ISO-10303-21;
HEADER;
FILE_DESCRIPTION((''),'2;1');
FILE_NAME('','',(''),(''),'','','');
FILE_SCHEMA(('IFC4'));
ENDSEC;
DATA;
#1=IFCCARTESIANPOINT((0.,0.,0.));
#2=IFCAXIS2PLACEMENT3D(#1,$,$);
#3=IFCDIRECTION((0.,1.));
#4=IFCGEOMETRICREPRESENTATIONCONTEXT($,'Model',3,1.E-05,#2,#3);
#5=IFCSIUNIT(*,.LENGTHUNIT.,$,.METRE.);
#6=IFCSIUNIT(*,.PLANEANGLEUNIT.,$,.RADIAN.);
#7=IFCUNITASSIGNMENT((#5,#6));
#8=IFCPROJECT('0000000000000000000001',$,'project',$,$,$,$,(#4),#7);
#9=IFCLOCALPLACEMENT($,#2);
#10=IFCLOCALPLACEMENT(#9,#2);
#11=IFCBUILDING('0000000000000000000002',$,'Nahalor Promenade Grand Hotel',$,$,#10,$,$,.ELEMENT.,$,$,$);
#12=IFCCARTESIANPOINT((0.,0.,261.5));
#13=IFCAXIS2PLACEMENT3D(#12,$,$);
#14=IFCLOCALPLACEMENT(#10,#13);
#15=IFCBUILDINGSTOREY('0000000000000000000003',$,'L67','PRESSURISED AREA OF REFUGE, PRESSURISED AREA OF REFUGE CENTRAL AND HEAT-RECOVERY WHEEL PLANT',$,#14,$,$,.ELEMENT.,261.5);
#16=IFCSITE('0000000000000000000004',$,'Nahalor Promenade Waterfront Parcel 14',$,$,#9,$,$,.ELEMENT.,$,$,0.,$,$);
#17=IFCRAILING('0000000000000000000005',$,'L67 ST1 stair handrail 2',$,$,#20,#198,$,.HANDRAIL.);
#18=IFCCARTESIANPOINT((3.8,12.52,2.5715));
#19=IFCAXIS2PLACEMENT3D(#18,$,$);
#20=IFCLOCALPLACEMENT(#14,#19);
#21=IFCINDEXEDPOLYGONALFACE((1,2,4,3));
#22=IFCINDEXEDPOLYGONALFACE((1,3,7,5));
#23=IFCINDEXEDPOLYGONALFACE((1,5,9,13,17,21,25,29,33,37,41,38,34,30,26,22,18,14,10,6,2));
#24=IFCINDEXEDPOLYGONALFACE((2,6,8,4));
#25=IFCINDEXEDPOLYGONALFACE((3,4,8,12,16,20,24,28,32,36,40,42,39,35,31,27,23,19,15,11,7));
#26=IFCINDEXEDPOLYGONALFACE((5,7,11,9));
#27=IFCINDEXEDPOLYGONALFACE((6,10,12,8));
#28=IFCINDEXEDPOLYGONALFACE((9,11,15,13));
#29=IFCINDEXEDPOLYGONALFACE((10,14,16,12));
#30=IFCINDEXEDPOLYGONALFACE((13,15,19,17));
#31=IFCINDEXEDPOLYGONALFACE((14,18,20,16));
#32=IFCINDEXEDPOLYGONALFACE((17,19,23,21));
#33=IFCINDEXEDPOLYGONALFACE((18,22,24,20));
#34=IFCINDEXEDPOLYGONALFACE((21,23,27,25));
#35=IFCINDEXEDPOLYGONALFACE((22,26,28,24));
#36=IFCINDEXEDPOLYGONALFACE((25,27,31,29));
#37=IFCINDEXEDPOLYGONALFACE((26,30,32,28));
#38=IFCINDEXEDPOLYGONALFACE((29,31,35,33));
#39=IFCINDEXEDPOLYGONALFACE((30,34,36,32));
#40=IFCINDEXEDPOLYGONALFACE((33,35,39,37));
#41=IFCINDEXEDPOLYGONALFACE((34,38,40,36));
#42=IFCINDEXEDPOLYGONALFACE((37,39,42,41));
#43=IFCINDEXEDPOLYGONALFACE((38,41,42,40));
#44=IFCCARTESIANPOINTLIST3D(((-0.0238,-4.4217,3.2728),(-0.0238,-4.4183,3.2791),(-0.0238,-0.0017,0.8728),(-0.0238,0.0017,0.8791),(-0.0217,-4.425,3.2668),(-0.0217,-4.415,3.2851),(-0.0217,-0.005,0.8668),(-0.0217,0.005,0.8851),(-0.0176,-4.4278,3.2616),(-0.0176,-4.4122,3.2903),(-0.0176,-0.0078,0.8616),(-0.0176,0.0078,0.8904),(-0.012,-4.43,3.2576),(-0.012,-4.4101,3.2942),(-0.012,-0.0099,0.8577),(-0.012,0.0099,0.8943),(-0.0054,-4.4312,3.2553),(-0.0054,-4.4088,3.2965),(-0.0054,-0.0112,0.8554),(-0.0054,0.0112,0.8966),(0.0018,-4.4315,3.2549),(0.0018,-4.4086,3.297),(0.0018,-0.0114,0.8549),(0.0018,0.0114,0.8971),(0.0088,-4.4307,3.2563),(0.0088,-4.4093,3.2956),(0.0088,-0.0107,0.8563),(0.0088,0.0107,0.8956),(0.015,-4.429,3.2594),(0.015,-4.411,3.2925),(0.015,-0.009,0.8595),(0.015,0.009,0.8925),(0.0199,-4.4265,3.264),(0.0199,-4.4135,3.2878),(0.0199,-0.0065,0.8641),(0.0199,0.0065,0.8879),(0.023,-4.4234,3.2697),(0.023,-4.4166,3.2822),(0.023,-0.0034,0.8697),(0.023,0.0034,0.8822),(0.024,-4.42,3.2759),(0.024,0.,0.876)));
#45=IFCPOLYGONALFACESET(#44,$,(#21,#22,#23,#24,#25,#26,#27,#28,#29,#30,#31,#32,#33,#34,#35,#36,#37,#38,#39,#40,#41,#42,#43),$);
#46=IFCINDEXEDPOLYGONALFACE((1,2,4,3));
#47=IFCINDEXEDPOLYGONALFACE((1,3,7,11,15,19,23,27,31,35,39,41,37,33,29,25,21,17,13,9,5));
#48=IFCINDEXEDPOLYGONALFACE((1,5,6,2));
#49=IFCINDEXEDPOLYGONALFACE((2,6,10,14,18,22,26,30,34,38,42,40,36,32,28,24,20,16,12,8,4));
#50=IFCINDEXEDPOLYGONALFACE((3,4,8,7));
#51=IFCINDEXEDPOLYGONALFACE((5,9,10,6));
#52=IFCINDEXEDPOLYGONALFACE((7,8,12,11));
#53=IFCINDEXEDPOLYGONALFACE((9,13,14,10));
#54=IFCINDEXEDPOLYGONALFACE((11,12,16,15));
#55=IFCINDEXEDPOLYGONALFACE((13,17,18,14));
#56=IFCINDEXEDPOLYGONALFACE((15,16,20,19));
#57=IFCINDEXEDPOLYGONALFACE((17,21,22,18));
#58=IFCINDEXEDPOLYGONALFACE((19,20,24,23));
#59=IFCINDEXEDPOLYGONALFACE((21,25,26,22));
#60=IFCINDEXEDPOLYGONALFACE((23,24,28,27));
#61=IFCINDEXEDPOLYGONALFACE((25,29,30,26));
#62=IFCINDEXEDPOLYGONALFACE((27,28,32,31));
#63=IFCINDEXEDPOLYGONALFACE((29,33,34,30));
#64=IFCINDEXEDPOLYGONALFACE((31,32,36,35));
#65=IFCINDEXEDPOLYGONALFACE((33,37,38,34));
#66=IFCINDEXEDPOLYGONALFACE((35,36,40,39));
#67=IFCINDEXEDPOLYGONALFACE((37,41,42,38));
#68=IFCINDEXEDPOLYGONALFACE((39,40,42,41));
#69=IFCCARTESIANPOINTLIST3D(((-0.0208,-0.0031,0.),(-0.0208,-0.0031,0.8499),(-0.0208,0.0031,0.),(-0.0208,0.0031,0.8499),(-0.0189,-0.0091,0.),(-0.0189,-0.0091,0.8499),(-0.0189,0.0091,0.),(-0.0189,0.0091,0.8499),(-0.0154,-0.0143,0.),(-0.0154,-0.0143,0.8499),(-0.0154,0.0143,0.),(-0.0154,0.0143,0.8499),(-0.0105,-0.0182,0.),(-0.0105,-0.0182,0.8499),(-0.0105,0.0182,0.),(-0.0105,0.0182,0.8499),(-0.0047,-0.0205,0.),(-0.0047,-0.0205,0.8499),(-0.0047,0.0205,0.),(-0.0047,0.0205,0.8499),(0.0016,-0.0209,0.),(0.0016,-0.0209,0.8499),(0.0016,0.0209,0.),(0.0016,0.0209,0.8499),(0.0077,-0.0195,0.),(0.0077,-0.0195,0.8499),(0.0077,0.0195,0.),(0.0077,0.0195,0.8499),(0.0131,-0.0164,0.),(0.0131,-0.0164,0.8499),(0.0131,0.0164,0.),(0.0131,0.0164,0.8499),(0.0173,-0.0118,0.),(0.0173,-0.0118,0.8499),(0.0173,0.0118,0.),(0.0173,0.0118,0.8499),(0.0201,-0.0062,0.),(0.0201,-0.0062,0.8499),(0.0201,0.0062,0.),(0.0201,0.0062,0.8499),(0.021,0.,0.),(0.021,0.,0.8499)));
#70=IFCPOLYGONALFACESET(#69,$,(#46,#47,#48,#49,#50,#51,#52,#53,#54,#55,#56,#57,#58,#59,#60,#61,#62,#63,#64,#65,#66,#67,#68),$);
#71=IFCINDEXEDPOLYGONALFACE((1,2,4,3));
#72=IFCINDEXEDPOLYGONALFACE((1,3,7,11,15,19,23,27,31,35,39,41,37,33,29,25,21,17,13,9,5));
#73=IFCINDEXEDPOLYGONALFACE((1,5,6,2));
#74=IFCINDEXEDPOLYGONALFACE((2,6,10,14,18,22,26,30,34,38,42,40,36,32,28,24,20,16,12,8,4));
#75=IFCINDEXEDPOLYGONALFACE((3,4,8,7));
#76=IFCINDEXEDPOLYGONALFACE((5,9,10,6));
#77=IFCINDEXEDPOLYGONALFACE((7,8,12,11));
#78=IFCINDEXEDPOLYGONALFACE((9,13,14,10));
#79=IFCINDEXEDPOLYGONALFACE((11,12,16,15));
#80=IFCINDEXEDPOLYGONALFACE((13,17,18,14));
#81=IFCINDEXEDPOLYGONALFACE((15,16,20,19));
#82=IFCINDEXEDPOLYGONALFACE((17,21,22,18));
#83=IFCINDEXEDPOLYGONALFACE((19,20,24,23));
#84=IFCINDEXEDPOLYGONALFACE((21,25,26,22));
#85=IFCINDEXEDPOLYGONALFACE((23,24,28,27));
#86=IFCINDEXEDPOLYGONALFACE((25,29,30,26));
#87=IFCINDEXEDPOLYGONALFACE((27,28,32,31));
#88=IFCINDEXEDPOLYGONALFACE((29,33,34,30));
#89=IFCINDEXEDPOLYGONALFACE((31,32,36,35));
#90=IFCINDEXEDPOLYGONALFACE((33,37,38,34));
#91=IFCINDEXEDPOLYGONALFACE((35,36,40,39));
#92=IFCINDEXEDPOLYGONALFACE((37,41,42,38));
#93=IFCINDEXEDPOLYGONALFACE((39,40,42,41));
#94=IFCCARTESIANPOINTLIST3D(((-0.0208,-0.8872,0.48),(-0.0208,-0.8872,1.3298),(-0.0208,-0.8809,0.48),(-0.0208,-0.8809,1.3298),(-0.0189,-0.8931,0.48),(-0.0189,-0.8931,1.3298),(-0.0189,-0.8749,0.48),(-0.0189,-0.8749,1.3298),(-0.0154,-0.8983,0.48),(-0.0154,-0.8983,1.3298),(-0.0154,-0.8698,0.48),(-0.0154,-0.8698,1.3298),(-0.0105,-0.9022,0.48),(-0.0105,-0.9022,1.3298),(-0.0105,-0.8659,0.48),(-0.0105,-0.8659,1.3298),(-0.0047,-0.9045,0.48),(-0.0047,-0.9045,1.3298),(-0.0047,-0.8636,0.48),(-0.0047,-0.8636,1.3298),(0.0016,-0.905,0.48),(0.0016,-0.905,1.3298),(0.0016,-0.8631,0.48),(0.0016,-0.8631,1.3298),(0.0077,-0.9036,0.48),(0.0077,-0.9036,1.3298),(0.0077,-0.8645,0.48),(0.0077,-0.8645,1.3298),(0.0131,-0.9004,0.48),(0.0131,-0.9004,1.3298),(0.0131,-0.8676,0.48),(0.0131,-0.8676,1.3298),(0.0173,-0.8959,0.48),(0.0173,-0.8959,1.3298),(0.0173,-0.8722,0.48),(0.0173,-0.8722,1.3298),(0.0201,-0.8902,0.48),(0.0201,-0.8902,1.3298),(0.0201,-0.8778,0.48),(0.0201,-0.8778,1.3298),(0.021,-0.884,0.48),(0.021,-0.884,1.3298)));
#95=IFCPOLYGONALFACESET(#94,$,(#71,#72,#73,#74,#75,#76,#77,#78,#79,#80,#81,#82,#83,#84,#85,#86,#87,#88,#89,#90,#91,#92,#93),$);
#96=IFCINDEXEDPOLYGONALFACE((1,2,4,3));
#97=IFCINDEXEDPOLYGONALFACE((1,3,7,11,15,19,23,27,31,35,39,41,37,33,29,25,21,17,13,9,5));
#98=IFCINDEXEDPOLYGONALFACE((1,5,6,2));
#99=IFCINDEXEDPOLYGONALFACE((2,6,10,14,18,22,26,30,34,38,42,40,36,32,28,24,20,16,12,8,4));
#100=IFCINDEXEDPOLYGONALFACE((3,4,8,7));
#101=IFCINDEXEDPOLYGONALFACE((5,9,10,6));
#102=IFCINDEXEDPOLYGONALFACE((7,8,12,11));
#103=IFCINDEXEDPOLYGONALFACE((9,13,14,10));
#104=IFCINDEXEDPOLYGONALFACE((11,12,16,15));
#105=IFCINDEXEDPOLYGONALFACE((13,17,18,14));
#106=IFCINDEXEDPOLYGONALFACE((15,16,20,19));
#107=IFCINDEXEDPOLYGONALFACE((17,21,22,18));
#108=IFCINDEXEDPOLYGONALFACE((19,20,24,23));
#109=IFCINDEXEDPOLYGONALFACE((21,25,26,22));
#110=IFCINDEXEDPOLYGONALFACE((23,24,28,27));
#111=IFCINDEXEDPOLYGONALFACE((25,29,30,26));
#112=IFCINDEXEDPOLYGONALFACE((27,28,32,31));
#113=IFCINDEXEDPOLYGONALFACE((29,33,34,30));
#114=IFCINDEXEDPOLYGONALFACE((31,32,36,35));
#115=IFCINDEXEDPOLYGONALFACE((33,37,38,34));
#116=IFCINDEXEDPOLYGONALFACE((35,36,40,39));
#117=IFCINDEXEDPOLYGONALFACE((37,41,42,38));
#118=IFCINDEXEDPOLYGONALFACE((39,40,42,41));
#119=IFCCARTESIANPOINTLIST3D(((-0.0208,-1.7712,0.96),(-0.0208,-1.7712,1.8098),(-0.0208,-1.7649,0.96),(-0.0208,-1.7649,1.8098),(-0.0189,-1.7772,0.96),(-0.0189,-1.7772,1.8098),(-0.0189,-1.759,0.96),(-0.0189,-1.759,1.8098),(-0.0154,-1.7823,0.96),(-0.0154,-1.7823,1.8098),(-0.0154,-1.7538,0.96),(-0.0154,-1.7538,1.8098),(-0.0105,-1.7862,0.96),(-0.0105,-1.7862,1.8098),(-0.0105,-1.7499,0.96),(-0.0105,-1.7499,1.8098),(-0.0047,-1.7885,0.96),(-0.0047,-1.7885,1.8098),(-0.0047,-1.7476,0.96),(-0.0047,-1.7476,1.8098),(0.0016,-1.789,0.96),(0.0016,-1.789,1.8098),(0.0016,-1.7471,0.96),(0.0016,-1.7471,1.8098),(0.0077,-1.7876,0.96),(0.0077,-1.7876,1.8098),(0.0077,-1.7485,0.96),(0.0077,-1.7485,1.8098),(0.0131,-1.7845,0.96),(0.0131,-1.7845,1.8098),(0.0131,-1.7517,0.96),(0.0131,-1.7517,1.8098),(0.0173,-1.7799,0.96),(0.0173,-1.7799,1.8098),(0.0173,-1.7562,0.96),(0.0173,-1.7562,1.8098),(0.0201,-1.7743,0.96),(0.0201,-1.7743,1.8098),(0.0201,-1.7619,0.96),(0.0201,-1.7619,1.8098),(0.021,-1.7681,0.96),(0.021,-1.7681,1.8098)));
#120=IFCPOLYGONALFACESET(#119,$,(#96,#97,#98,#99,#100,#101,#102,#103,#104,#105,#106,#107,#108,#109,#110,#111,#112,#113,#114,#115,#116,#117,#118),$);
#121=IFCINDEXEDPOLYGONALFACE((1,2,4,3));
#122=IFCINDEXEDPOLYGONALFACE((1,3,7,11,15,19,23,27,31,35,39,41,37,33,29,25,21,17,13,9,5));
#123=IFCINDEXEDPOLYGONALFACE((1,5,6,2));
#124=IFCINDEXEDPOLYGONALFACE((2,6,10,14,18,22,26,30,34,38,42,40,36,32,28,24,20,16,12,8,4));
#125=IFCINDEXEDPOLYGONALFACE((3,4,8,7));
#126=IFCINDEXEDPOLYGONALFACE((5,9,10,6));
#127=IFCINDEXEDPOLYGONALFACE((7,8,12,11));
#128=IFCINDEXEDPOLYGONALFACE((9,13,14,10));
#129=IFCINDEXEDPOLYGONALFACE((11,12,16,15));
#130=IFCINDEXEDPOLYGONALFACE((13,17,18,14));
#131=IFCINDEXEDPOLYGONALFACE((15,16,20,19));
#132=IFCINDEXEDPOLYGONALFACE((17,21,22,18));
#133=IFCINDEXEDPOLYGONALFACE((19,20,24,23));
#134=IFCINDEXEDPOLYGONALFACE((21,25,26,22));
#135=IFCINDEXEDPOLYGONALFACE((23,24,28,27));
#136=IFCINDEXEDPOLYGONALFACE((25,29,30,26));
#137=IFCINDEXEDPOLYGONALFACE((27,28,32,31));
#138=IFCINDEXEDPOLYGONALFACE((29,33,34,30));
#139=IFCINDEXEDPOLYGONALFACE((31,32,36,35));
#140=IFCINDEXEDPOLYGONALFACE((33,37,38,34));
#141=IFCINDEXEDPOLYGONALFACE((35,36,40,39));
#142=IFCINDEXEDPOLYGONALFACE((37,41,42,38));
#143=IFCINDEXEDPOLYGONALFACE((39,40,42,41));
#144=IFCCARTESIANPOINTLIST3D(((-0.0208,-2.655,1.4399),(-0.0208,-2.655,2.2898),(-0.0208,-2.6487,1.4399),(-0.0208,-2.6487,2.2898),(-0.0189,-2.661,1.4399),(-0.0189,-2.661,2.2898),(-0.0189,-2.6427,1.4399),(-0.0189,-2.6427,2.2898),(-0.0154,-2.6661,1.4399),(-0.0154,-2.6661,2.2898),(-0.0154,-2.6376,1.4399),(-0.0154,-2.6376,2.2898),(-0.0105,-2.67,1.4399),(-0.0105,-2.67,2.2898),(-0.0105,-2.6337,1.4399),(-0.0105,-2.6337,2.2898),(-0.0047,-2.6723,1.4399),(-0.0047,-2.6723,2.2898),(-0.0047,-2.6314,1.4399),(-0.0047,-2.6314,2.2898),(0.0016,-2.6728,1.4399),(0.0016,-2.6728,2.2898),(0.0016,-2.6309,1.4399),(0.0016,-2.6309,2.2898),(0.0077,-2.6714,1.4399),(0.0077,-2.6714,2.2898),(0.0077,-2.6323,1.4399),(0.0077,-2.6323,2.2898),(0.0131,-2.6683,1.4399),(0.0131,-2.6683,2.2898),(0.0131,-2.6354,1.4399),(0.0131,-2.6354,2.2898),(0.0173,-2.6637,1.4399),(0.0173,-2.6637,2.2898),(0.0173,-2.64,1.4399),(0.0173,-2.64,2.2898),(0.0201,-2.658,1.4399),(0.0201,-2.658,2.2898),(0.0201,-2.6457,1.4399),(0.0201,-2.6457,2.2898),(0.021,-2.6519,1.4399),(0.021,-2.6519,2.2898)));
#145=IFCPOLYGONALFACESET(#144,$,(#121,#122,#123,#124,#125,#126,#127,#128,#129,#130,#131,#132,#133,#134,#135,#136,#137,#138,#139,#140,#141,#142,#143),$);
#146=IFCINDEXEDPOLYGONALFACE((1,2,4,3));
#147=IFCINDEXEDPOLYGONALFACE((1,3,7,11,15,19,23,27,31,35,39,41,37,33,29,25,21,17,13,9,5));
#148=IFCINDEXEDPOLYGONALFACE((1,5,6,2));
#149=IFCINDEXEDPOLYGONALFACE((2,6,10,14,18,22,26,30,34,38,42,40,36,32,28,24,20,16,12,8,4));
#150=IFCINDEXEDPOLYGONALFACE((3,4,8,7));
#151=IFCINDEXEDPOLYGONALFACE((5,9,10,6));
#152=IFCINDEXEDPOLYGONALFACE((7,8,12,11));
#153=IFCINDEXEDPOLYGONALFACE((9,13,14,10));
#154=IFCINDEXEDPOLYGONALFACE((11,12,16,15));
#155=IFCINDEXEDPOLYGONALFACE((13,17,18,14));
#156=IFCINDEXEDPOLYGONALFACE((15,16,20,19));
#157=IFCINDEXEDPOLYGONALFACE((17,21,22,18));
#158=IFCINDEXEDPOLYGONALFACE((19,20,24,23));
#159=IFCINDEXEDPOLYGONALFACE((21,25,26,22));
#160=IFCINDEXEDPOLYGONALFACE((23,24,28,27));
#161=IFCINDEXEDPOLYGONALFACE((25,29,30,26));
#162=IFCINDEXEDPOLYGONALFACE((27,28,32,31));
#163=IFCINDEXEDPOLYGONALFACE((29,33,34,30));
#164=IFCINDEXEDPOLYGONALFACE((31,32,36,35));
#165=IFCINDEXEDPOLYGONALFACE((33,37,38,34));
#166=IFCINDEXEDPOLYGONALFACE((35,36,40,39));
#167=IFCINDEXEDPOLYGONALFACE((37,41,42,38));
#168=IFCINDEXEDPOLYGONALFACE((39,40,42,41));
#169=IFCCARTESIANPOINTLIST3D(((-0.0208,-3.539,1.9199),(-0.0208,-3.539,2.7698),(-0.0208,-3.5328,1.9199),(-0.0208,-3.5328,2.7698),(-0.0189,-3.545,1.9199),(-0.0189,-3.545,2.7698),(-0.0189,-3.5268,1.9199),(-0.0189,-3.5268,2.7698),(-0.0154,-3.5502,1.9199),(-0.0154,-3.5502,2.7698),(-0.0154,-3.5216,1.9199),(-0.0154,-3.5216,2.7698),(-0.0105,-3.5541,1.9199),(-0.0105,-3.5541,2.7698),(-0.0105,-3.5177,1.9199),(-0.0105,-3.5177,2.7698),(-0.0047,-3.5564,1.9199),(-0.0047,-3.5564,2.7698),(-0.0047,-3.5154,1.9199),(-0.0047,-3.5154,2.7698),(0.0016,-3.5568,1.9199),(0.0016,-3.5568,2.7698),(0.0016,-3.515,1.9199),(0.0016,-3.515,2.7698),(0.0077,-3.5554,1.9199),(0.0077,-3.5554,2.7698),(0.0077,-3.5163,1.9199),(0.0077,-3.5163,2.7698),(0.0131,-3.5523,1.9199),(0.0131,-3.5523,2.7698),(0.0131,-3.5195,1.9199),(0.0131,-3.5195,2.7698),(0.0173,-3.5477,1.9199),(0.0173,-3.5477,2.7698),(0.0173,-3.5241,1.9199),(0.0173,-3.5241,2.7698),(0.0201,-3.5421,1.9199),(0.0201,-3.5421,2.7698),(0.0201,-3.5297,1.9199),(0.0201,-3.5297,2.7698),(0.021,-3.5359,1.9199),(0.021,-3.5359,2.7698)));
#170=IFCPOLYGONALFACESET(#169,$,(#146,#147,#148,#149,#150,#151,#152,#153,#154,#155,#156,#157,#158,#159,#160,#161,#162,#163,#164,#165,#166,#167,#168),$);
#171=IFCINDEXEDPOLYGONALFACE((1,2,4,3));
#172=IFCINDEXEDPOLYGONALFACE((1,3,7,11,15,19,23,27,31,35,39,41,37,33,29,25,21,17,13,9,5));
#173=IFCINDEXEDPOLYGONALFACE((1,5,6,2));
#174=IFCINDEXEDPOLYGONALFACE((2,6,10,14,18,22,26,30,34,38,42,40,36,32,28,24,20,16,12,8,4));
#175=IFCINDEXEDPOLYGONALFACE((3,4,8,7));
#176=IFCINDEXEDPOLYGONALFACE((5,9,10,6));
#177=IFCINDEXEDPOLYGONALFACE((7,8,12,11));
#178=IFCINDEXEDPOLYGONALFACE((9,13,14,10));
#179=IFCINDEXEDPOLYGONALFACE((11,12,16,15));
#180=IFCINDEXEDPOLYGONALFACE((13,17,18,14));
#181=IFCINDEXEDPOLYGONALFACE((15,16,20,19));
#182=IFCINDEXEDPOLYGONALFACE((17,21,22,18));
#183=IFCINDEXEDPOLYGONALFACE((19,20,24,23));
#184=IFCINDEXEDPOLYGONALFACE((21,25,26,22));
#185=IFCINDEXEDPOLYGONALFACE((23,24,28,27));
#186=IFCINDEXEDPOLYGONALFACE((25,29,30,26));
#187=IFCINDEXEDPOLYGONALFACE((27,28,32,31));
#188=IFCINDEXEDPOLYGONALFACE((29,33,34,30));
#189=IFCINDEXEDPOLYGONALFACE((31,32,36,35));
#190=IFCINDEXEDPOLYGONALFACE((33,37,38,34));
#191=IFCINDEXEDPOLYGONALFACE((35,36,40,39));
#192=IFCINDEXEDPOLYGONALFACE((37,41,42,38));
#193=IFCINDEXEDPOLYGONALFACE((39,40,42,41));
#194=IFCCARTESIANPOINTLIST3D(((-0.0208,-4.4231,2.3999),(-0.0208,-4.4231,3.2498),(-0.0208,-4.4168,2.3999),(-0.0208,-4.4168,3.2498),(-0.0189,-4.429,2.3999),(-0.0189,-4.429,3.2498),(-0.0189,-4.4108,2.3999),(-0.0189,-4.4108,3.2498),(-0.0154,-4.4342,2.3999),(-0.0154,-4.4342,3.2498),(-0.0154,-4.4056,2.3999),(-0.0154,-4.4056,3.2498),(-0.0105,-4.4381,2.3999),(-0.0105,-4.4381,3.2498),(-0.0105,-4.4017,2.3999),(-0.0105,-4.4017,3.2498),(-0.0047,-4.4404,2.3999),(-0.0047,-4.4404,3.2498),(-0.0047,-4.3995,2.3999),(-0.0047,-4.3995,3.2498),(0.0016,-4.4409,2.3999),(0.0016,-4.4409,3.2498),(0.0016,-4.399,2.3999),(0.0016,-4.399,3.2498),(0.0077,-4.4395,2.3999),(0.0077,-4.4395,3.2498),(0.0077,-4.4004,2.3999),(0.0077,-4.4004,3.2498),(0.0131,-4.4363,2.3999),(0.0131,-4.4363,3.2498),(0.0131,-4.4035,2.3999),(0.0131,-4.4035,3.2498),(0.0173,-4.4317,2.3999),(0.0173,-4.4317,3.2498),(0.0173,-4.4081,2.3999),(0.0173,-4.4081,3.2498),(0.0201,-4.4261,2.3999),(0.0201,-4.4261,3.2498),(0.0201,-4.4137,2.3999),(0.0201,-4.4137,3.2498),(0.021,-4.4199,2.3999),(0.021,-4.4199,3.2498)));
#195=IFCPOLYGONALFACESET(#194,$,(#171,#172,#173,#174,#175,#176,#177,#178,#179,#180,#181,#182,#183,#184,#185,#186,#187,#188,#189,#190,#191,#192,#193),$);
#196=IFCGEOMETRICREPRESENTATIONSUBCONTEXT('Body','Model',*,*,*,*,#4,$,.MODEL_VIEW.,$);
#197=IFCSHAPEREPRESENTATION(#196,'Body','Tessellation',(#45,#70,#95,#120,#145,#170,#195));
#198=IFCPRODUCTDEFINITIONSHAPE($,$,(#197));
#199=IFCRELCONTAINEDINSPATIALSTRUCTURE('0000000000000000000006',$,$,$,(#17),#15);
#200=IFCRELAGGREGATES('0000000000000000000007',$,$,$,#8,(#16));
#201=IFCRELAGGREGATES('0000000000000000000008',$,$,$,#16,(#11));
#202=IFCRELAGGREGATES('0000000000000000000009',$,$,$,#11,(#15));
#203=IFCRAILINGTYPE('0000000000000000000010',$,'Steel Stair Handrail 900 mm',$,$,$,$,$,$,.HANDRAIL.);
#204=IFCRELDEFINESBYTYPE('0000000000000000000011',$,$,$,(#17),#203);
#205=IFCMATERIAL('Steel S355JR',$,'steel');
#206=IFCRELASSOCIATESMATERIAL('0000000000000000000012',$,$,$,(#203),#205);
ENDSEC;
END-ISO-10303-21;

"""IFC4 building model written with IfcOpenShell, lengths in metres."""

from ifc_helpers import new_model, si_unit, direction, frame, origin, origin_2d, place, context, subcontext, project, spatial, circle, extrude, material, type_object, element, save


model = new_model("IFC4")

# Units and contexts
model_context = context("Model", 3, precision=1e-05, world=origin(), true_north=direction((0.0, 1.0)))
body_context = subcontext(model_context, "Body", "Model", "MODEL_VIEW")
ifc_project = project(units=[si_unit("LENGTHUNIT", "METRE"), si_unit("PLANEANGLEUNIT", "RADIAN")], contexts=[model_context])

# Site, building, storey
site_placement = place(None, origin())
site = spatial("IfcSite", under=ifc_project, at=site_placement, Name="Nahalor Promenade Waterfront Parcel 14", CompositionType="ELEMENT", RefElevation=0.0)
building_placement = place(site_placement, origin())
building = spatial("IfcBuilding", under=site, at=building_placement, Name="Nahalor Promenade Grand Hotel", CompositionType="ELEMENT")
storey_placement = place(building_placement, frame((0.0, 0.0, 261.5)))
storey = spatial("IfcBuildingStorey", under=building, at=storey_placement, Name="L67", Description="PRESSURISED AREA OF REFUGE, PRESSURISED AREA OF REFUGE CENTRAL AND HEAT-RECOVERY WHEEL PLANT", CompositionType="ELEMENT", Elevation=261.5)

# Shared definitions
ifc_material_1 = material(Name="Steel S355JR", Category="steel")

# Railing
railing_type_1 = type_object("IfcRailingType", Name="Steel Stair Handrail 900 mm", PredefinedType="HANDRAIL", material=ifc_material_1)
railing_1_placement = place(storey_placement, frame((3.8, 12.52, 2.5715)))
element("IfcRailing", 1, at=railing_1_placement, inside=storey, type_object=railing_type_1, Name="L67 ST1 stair handrail 2", PredefinedType="HANDRAIL", context=body_context, shape_type="SweptSolid", body=[
    extrude(circle(Radius=0.024, at=origin_2d()), frame((0.0, 0.0, 0.876), z_axis=(0.0, -0.87881, 0.477171), x_axis=(1.0, 0.0, 0.0)), (0.0, 0.0, 1.0), 5.0295),
    extrude(circle(Radius=0.021, at=origin_2d()), origin(), (0.0, 0.0, 1.0), 0.8499),
    extrude(circle(Radius=0.021, at=origin_2d()), frame((0.0, -0.884, 0.48)), (0.0, 0.0, 1.0), 0.8499),
    extrude(circle(Radius=0.021, at=origin_2d()), frame((0.0, -1.7681, 0.96)), (0.0, 0.0, 1.0), 0.8499),
    extrude(circle(Radius=0.021, at=origin_2d()), frame((0.0, -2.6519, 1.4399)), (0.0, 0.0, 1.0), 0.8499),
    extrude(circle(Radius=0.021, at=origin_2d()), frame((0.0, -3.5359, 1.9199)), (0.0, 0.0, 1.0), 0.8499),
    extrude(circle(Radius=0.021, at=origin_2d()), frame((0.0, -4.4199, 2.3999)), (0.0, 0.0, 1.0), 0.8499),
])

save(model, "model.ifc")
